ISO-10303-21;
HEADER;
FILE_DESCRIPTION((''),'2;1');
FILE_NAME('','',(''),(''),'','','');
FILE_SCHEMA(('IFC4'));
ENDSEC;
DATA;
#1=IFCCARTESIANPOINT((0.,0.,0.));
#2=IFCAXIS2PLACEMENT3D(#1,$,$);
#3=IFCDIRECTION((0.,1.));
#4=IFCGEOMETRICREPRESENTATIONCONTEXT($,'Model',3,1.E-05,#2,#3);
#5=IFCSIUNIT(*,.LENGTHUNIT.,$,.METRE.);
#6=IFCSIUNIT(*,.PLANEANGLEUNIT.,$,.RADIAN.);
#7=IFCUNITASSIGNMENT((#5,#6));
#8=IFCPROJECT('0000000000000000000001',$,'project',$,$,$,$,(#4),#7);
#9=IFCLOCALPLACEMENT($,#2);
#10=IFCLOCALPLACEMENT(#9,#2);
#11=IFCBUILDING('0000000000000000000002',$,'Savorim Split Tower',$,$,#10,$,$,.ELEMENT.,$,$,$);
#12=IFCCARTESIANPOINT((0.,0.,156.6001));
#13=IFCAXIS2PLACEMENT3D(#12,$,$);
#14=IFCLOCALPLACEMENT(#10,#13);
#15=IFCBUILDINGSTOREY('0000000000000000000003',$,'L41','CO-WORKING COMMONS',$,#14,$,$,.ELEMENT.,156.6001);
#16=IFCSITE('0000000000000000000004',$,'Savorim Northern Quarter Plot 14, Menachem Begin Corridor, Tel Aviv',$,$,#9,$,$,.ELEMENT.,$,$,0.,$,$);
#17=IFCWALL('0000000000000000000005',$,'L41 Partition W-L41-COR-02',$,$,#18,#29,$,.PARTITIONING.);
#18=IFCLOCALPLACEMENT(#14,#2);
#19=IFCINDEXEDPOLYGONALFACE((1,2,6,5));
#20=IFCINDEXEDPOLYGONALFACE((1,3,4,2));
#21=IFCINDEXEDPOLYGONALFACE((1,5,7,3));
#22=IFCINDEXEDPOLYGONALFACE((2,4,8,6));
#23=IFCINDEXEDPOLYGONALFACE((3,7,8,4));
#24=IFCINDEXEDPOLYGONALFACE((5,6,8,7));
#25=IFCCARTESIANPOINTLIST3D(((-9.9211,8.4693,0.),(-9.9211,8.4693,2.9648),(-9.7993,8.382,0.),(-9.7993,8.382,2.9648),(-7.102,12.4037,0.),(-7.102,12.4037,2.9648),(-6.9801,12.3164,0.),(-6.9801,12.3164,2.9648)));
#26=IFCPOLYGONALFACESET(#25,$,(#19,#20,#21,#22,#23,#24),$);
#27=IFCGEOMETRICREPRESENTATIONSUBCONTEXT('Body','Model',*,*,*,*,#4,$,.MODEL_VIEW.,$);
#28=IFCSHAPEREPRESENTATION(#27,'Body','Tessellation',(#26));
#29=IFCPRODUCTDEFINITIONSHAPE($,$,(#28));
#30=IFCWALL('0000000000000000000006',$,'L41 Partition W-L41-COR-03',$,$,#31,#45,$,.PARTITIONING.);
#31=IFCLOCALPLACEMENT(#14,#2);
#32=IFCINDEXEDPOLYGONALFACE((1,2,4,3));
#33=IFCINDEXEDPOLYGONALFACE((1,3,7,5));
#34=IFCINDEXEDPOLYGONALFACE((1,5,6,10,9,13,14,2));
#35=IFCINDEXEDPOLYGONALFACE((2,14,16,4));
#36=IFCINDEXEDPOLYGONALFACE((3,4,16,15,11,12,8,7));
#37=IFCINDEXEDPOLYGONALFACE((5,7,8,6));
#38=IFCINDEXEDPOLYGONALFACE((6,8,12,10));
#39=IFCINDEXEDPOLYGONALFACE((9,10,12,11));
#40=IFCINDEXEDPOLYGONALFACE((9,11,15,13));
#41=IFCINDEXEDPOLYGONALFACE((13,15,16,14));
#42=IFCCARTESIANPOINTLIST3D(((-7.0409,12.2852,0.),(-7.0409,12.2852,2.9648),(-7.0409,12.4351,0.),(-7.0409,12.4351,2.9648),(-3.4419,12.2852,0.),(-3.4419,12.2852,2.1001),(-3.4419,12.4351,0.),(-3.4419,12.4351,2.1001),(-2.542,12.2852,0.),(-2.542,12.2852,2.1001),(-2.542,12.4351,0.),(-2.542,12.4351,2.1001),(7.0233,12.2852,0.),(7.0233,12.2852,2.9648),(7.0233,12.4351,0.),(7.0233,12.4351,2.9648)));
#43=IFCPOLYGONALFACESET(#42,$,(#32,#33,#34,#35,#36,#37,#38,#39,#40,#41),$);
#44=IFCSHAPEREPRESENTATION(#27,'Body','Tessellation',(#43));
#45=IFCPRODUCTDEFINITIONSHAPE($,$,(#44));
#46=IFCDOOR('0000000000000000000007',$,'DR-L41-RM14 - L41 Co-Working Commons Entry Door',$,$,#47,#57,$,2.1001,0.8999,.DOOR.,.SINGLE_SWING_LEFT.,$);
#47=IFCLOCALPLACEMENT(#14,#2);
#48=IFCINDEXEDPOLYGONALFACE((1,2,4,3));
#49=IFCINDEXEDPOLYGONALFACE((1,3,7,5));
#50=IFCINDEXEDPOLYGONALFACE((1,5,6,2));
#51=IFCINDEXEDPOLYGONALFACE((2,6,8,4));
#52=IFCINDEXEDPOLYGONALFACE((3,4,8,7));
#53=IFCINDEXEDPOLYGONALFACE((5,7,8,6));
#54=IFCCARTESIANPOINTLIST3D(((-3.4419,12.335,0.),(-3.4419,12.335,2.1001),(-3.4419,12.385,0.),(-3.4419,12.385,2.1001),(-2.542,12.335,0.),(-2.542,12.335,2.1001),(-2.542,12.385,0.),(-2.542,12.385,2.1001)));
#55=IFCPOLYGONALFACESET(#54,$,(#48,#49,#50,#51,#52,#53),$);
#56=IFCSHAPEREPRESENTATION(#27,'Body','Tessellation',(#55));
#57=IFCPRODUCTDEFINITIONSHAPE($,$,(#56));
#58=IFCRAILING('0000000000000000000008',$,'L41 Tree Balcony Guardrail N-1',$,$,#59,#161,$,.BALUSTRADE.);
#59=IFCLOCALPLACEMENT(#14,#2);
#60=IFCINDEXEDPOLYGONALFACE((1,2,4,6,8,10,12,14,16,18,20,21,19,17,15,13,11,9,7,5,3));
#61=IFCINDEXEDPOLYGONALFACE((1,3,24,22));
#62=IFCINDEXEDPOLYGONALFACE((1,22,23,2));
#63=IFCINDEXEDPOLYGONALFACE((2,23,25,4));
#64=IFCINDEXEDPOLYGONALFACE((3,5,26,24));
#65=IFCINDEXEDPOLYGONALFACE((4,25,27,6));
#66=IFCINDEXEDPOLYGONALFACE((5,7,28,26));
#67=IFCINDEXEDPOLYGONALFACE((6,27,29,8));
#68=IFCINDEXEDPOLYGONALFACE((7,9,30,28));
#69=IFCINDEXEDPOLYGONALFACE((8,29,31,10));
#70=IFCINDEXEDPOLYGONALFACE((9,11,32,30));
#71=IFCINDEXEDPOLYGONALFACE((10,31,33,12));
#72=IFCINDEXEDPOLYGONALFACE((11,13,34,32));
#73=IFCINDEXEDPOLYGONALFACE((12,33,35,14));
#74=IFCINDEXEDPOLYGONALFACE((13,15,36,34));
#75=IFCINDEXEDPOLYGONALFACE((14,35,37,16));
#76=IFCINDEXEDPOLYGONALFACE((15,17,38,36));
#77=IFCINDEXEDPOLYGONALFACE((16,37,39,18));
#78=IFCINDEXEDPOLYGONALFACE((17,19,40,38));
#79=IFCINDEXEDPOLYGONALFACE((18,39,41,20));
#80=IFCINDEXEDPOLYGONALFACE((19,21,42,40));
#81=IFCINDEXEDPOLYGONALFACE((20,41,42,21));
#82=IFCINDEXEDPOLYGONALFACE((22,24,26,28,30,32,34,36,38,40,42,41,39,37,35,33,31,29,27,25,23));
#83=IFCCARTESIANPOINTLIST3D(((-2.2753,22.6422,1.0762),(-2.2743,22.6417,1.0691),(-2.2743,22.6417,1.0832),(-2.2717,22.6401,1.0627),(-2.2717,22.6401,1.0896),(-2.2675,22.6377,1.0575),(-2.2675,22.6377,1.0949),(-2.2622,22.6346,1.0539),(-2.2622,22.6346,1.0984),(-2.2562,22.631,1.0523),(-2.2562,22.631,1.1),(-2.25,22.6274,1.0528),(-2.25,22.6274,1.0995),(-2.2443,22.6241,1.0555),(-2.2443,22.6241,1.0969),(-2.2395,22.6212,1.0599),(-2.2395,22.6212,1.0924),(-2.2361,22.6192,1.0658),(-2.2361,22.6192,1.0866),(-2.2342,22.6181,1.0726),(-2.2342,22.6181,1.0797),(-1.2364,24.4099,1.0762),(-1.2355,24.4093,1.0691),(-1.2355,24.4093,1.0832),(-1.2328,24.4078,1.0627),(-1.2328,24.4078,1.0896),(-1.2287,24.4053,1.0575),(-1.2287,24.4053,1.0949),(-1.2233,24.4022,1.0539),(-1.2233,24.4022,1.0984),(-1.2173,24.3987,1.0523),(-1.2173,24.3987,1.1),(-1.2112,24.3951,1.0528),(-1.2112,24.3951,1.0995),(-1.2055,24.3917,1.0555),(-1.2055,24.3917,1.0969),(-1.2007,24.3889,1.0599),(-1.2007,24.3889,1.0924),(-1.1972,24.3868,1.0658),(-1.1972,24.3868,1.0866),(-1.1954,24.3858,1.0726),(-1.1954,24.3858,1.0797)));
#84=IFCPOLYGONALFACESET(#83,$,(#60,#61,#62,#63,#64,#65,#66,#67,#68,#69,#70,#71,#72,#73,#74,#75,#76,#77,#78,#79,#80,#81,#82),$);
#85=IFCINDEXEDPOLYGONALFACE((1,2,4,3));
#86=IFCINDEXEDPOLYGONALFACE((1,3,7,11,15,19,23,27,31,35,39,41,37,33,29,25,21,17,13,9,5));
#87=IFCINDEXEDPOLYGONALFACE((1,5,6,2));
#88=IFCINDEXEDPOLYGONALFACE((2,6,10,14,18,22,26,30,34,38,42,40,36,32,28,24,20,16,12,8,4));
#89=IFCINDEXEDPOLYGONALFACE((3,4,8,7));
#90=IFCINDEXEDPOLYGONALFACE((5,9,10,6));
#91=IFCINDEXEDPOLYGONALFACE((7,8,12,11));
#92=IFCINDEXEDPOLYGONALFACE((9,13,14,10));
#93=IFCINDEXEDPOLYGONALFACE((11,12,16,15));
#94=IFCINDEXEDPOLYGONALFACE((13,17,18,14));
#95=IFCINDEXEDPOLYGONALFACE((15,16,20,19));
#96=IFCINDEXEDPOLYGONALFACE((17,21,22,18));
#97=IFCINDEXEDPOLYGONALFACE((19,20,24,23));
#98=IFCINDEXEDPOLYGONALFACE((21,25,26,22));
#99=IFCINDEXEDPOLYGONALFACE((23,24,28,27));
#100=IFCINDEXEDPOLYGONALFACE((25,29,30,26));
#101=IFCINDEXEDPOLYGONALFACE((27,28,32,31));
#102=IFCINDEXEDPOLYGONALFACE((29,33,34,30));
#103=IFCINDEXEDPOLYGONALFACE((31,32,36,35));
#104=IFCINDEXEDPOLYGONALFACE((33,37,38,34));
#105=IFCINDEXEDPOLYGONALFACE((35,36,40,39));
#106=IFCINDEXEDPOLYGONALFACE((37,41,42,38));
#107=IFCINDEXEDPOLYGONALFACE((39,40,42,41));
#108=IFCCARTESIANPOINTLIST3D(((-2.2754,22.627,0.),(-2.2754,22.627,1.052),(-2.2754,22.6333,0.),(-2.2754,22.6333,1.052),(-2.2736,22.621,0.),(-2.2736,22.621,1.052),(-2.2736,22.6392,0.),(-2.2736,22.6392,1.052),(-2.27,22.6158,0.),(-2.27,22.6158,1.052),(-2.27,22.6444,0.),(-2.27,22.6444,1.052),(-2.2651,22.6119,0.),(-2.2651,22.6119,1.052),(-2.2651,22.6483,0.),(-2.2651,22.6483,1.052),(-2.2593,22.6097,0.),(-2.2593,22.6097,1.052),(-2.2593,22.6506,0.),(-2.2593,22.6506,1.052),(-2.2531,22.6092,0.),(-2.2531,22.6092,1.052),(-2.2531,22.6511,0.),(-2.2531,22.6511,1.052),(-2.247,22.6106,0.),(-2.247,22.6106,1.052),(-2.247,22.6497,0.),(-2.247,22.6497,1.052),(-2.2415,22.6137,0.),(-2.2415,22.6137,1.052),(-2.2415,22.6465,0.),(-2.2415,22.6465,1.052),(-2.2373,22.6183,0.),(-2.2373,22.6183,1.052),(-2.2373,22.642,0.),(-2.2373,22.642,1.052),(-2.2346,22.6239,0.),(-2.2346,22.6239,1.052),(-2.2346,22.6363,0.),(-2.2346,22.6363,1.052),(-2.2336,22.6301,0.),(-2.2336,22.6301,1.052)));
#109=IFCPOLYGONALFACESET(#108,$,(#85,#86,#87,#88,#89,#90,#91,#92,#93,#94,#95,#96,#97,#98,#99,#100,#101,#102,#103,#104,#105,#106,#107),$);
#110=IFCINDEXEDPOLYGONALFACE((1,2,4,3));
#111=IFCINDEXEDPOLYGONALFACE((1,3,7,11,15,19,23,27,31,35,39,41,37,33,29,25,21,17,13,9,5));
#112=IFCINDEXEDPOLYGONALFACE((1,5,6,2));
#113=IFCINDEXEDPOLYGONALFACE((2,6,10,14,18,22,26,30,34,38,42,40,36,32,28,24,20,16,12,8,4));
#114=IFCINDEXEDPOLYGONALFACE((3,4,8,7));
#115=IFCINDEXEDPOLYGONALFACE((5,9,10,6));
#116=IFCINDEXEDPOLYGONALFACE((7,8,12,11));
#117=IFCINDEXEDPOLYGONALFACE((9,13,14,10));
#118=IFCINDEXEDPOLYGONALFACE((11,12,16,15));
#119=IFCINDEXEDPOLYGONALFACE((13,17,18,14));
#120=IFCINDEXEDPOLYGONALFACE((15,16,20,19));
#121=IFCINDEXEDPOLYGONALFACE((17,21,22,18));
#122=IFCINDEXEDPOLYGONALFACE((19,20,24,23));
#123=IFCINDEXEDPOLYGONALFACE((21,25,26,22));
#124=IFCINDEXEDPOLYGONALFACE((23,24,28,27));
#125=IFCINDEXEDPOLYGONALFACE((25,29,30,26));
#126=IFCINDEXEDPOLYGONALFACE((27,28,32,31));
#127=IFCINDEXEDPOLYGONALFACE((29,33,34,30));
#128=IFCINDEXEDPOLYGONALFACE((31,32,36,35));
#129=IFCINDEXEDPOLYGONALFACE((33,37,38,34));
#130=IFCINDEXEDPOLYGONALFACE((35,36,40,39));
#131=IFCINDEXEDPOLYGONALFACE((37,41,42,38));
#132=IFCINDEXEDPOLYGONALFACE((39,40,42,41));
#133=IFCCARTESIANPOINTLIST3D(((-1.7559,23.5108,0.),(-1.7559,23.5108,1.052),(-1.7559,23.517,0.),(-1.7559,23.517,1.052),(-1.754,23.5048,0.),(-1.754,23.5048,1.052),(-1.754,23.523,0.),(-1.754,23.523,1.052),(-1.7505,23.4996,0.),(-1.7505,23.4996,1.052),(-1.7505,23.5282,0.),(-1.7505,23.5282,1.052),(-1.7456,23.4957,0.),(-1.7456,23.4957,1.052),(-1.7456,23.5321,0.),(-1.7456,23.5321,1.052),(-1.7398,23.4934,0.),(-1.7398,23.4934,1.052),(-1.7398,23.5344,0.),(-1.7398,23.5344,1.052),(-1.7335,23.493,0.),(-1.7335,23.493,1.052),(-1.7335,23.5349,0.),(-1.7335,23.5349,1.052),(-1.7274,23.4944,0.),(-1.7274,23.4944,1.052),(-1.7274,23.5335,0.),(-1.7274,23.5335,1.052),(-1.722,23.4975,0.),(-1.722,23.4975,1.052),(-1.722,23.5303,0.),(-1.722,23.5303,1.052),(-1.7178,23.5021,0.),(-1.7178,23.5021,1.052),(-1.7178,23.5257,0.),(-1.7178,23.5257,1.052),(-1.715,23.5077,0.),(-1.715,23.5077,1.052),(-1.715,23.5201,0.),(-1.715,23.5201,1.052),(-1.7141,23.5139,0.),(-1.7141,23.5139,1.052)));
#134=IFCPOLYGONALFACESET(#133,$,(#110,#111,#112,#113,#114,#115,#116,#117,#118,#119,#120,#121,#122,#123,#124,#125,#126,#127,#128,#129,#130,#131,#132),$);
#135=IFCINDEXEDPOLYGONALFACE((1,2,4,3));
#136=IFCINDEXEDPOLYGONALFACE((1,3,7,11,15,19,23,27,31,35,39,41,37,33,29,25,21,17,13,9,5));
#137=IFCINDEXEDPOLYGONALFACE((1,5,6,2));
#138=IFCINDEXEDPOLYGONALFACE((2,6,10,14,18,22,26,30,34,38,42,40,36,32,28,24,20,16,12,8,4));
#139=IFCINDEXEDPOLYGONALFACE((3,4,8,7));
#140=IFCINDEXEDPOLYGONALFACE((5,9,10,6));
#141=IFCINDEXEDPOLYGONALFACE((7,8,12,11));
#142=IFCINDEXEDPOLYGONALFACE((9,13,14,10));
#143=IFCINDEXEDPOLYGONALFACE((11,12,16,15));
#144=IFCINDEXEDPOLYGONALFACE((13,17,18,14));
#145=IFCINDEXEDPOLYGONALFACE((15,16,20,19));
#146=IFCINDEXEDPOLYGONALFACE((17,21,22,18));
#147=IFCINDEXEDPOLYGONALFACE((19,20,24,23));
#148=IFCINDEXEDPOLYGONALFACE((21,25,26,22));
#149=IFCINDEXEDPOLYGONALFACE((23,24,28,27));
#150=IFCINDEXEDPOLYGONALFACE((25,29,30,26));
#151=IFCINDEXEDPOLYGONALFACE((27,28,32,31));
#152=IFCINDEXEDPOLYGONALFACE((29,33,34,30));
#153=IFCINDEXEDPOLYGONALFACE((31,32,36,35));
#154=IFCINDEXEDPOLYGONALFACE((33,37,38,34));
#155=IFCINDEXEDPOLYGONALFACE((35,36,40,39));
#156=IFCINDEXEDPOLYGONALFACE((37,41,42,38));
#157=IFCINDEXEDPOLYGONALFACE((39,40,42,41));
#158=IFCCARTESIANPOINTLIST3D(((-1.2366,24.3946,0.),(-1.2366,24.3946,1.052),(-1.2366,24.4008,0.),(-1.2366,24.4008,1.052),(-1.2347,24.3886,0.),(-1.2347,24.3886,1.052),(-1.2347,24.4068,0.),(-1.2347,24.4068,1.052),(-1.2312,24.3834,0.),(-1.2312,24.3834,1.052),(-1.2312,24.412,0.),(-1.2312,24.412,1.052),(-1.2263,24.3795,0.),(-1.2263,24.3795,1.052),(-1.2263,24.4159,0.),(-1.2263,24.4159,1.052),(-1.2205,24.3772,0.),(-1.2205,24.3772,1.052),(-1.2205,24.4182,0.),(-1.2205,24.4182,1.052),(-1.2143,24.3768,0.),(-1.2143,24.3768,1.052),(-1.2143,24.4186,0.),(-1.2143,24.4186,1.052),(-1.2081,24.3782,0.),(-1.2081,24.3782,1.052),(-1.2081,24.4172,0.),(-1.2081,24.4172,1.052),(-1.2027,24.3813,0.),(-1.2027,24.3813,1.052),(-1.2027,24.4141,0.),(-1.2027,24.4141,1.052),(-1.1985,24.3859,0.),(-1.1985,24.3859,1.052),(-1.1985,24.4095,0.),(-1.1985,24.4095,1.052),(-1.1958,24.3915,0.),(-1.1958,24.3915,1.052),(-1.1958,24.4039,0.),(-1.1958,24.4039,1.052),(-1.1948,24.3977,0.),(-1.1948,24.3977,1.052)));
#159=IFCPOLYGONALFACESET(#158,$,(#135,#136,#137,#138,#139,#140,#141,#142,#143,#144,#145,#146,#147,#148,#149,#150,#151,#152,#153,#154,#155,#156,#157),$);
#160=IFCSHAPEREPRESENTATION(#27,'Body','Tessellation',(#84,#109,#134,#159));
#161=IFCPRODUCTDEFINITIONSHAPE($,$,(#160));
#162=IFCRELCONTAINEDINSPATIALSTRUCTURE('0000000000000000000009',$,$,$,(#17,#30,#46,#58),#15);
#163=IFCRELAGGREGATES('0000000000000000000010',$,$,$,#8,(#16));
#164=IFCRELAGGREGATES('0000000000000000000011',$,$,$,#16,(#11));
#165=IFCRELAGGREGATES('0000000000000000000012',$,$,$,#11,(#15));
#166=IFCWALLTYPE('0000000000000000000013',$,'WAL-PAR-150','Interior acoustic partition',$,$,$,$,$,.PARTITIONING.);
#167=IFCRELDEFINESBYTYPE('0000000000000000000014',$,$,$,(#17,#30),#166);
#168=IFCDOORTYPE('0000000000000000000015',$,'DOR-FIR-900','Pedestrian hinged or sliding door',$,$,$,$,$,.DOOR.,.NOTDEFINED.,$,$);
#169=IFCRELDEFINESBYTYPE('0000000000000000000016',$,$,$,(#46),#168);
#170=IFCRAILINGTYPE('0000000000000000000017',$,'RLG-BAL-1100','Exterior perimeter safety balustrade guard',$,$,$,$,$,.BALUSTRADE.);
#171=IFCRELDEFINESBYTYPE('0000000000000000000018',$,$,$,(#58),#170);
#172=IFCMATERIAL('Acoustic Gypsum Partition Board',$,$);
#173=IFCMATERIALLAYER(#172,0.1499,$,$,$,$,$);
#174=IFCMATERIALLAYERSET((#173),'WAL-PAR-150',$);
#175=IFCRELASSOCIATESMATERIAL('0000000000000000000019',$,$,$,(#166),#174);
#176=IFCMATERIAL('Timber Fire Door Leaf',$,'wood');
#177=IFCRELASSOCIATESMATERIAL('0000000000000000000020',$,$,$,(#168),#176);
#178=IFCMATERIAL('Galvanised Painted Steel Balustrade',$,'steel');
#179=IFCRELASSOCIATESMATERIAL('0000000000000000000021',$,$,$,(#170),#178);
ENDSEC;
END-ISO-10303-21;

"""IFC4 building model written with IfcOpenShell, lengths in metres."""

from ifc_helpers import new_model, si_unit, direction, frame, frame_2d, origin, origin_2d, place, context, subcontext, project, spatial, rectangle, circle, extrude, material, layer, layer_set, type_object, element, fill, save


model = new_model("IFC4")

# Units and contexts
model_context = context("Model", 3, precision=1e-05, world=origin(), true_north=direction((0.0, 1.0)))
body_context = subcontext(model_context, "Body", "Model", "MODEL_VIEW")
ifc_project = project(units=[si_unit("LENGTHUNIT", "METRE"), si_unit("PLANEANGLEUNIT", "RADIAN")], contexts=[model_context])

# Site, building, storey
site_placement = place(None, origin())
site = spatial("IfcSite", under=ifc_project, at=site_placement, Name="Savorim Northern Quarter Plot 14, Menachem Begin Corridor, Tel Aviv", CompositionType="ELEMENT", RefElevation=0.0)
building_placement = place(site_placement, origin())
building = spatial("IfcBuilding", under=site, at=building_placement, Name="Savorim Split Tower", CompositionType="ELEMENT")
storey_placement = place(building_placement, frame((0.0, 0.0, 156.6001)))
storey = spatial("IfcBuildingStorey", under=building, at=storey_placement, Name="L41", Description="CO-WORKING COMMONS", CompositionType="ELEMENT", Elevation=156.6001)

# Wall
ifc_material_1 = material(Name="Acoustic Gypsum Partition Board")
ifc_layer_1 = layer(ifc_material_1, 0.1499)
ifc_layer_set_1 = layer_set([ifc_layer_1], Name="WAL-PAR-150")
wall_type_1 = type_object("IfcWallType", Name="WAL-PAR-150", Description="Interior acoustic partition", PredefinedType="PARTITIONING", material=ifc_layer_set_1)
wall_1_placement = place(storey_placement, frame((-9.8601, 8.4258, 0.0), z_axis=(0.0, 0.0, 1.0), x_axis=(0.58245, 0.812867, 0.0)))
element("IfcWall", 1, at=wall_1_placement, inside=storey, type_object=wall_type_1, Name="L41 Partition W-L41-COR-02", PredefinedType="PARTITIONING", context=body_context, shape_type="SweptSolid", body=[
    extrude(rectangle(XDim=4.8401, YDim=0.1499, at=frame_2d((2.4199, 0.0))), origin(), (0.0, 0.0, 1.0), 2.9648),
])

# Wall, opening, door
wall_2_placement = place(storey_placement, frame((-7.041, 12.3601, 0.0), z_axis=(0.0, 0.0, 1.0), x_axis=(1.0, 0.0, 0.0)))
wall_2 = element("IfcWall", 2, at=wall_2_placement, inside=storey, type_object=wall_type_1, Name="L41 Partition W-L41-COR-03", PredefinedType="PARTITIONING", context=body_context, shape_type="SweptSolid", body=[
    extrude(rectangle(XDim=14.0642, YDim=0.1499, at=frame_2d((7.0322, 0.0))), origin(), (0.0, 0.0, 1.0), 2.9648),
])
opening_1_placement = place(wall_2_placement, frame((3.5991, 0.0, 0.0)))
opening_1 = element("IfcOpeningElement", 3, at=opening_1_placement, cuts=wall_2, PredefinedType="OPENING", context=body_context, shape_type="SweptSolid", body=[
    extrude(rectangle(XDim=0.8999, YDim=2.1001, at=frame_2d((0.45, 1.05))), frame((0.0, 0.085, 0.0), z_axis=(0.0, -1.0, 0.0), x_axis=(1.0, 0.0, 0.0)), (0.0, 0.0, 1.0), 0.1699),
])
ifc_material_2 = material(Name="Timber Fire Door Leaf", Category="wood")
door_type_1 = type_object("IfcDoorType", Name="DOR-FIR-900", Description="Pedestrian hinged or sliding door", OperationType="NOTDEFINED", PredefinedType="DOOR", material=ifc_material_2)
door_1_placement = place(opening_1_placement, origin())
door_1 = element("IfcDoor", 4, at=door_1_placement, inside=storey, type_object=door_type_1, Name="DR-L41-RM14 - L41 Co-Working Commons Entry Door", OperationType="SINGLE_SWING_LEFT", OverallHeight=2.1001, OverallWidth=0.8999, PredefinedType="DOOR", context=body_context, shape_type="SweptSolid", body=[
    extrude(rectangle(XDim=0.8999, YDim=2.1001, at=frame_2d((0.45, 1.05))), frame((0.0, 0.0249, 0.0), z_axis=(0.0, -1.0, 0.0), x_axis=(1.0, 0.0, 0.0)), (0.0, 0.0, 1.0), 0.05),
])
fill(opening_1, door_1)

# Railing
ifc_material_3 = material(Name="Galvanised Painted Steel Balustrade", Category="steel")
railing_type = type_object("IfcRailingType", Name="RLG-BAL-1100", Description="Exterior perimeter safety balustrade guard", PredefinedType="BALUSTRADE", material=ifc_material_3)
railing_1_placement = place(storey_placement, frame((-2.2546, 22.6301, 0.0)))
element("IfcRailing", 5, at=railing_1_placement, inside=storey, type_object=railing_type, Name="L41 Tree Balcony Guardrail N-1", PredefinedType="BALUSTRADE", context=body_context, shape_type="SweptSolid", body=[
    extrude(circle(Radius=0.0239, at=origin_2d()), frame((0.0, 0.0, 1.0762), z_axis=(0.506682, 0.862133, 0.0), x_axis=(-0.862133, 0.506682, 0.0)), (0.0, 0.0, 1.0), 2.0503),
    extrude(circle(Radius=0.021, at=origin_2d()), origin(), (0.0, 0.0, 1.0), 1.052),
    extrude(circle(Radius=0.021, at=origin_2d()), frame((0.5195, 0.8838, 0.0)), (0.0, 0.0, 1.0), 1.052),
    extrude(circle(Radius=0.021, at=origin_2d()), frame((1.0388, 1.7676, 0.0)), (0.0, 0.0, 1.0), 1.052),
])

save(model, "model.ifc")
